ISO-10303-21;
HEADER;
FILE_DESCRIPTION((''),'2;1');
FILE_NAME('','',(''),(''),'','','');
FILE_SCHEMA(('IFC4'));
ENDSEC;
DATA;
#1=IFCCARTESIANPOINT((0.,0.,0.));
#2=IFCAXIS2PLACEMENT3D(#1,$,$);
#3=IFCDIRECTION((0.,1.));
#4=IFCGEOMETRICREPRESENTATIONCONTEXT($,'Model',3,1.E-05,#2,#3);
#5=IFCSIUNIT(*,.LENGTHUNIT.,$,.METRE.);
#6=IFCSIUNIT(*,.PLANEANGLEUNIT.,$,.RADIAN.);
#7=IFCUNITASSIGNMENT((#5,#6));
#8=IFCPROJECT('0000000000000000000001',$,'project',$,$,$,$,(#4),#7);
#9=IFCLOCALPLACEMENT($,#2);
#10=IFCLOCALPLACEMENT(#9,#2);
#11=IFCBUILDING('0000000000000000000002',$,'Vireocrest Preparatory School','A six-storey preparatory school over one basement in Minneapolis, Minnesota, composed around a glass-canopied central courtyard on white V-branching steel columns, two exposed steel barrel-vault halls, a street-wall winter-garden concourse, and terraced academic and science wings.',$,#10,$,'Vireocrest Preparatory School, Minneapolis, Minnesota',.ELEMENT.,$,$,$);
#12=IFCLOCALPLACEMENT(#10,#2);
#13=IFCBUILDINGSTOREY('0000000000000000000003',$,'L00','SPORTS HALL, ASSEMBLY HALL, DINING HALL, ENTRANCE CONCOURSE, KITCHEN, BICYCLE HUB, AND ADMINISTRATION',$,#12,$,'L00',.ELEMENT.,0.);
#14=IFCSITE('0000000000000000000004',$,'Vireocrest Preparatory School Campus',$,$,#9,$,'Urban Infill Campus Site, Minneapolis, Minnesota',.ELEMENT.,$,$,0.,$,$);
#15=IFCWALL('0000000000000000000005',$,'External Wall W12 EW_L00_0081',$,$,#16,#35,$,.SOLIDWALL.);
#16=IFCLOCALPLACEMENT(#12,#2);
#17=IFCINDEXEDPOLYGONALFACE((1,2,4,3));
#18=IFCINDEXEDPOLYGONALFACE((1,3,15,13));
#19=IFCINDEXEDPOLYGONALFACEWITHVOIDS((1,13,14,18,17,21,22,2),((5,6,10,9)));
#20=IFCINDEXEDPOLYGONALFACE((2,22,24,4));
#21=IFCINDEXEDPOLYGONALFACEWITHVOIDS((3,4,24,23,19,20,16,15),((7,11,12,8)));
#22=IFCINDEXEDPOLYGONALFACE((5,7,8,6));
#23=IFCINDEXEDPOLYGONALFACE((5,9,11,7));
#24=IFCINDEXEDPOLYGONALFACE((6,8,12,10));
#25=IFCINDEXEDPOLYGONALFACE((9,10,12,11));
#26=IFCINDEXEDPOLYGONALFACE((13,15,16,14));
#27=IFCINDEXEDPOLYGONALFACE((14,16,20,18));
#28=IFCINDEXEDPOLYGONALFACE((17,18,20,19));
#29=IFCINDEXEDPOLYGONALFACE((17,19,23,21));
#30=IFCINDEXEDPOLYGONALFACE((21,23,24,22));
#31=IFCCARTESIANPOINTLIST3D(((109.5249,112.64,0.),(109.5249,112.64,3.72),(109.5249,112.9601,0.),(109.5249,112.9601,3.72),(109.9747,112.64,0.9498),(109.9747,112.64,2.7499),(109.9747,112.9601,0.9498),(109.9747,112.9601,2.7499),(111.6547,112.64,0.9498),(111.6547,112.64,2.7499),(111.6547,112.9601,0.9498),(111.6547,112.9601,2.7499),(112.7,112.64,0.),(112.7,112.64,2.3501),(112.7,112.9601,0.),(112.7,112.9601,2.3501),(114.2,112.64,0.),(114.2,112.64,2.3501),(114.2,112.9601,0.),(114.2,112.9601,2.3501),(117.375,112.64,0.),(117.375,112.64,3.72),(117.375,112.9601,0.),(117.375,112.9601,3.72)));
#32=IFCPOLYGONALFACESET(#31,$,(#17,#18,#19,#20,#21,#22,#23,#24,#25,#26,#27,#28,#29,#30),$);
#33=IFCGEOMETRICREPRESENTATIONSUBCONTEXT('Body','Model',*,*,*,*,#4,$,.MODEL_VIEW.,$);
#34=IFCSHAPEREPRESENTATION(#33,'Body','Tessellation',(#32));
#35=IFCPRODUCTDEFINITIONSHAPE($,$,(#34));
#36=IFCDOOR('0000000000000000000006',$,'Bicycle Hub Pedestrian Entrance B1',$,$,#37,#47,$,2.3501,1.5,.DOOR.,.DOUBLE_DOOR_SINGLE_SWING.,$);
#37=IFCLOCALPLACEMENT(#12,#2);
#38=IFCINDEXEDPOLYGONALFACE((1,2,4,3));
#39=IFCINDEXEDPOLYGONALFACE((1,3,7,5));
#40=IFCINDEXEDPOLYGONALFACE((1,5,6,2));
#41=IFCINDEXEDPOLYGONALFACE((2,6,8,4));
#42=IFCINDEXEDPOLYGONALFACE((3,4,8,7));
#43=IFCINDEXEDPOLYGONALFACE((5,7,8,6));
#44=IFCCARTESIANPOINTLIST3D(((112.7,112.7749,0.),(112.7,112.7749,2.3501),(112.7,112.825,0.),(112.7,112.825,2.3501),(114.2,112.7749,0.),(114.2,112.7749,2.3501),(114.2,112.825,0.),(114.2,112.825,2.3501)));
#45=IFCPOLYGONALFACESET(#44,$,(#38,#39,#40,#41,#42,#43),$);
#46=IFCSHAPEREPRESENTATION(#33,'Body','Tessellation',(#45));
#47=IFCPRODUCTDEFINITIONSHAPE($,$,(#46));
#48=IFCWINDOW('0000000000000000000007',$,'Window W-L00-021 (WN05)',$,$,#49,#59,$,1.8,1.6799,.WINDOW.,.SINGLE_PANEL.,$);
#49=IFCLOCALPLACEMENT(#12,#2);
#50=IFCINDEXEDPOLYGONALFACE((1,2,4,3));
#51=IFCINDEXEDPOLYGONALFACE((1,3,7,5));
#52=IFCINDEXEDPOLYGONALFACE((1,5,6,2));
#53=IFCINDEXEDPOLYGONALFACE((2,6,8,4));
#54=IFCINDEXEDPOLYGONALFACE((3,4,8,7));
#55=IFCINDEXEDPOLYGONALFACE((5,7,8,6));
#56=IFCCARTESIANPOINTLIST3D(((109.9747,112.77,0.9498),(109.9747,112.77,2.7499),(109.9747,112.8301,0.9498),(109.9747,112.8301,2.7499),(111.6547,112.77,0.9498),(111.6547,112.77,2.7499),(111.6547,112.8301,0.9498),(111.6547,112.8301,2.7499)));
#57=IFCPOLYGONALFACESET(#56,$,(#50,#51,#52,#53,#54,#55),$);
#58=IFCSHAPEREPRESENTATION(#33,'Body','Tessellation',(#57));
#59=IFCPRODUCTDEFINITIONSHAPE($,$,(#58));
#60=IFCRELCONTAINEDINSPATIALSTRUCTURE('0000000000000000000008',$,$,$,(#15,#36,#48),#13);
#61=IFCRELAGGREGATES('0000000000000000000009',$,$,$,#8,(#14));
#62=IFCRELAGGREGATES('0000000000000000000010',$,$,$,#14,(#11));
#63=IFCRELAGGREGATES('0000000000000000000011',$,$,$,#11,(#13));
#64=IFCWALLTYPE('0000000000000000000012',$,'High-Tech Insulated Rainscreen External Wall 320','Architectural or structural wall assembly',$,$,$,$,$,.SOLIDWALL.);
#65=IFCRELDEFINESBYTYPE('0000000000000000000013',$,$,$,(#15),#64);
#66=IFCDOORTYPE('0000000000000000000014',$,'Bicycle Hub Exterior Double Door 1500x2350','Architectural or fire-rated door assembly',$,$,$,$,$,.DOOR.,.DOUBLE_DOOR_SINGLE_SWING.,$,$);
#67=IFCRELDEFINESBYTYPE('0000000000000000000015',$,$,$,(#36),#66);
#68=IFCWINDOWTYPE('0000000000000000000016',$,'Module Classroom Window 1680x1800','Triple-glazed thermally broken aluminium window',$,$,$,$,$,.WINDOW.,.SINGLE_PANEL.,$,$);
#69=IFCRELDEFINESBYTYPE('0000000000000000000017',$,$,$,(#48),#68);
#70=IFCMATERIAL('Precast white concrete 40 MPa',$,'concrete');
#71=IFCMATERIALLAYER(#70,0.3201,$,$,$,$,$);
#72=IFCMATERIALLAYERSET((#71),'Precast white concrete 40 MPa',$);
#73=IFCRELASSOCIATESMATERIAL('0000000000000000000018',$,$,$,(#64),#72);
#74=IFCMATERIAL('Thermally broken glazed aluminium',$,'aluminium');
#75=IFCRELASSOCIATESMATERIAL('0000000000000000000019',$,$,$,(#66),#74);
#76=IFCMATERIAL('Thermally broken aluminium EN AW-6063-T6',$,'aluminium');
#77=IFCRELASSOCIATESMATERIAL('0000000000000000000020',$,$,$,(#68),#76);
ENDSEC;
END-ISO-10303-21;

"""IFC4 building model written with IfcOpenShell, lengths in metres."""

from ifc_helpers import new_model, si_unit, direction, frame, frame_2d, origin, place, context, subcontext, project, spatial, rectangle, extrude, material, layer, layer_set, type_object, element, fill, save


model = new_model("IFC4")

# Units and contexts
model_context = context("Model", 3, precision=1e-05, world=origin(), true_north=direction((0.0, 1.0)))
body_context = subcontext(model_context, "Body", "Model", "MODEL_VIEW")
ifc_project = project(units=[si_unit("LENGTHUNIT", "METRE"), si_unit("PLANEANGLEUNIT", "RADIAN")], contexts=[model_context])

# Site, building, storey
site_placement = place(None, origin())
site = spatial("IfcSite", under=ifc_project, at=site_placement, Name="Vireocrest Preparatory School Campus", LongName="Urban Infill Campus Site, Minneapolis, Minnesota", CompositionType="ELEMENT", RefElevation=0.0)
building_placement = place(site_placement, origin())
building = spatial("IfcBuilding", under=site, at=building_placement, Name="Vireocrest Preparatory School", Description="A six-storey preparatory school over one basement in Minneapolis, Minnesota, composed around a glass-canopied central courtyard on white V-branching steel columns, two exposed steel barrel-vault halls, a street-wall winter-garden concourse, and terraced academic and science wings.", LongName="Vireocrest Preparatory School, Minneapolis, Minnesota", CompositionType="ELEMENT")
storey_placement = place(building_placement, origin())
storey = spatial("IfcBuildingStorey", under=building, at=storey_placement, Name="L00", Description="SPORTS HALL, ASSEMBLY HALL, DINING HALL, ENTRANCE CONCOURSE, KITCHEN, BICYCLE HUB, AND ADMINISTRATION", LongName="L00", CompositionType="ELEMENT", Elevation=0.0)

# Shared definitions
ifc_material_1 = material(Name="Thermally broken aluminium EN AW-6063-T6", Category="aluminium")

# Wall, openings, door, window
ifc_material_2 = material(Name="Precast white concrete 40 MPa", Category="concrete")
ifc_layer_1 = layer(ifc_material_2, 0.3201)
ifc_layer_set_1 = layer_set([ifc_layer_1], Name="Precast white concrete 40 MPa")
wall_type = type_object("IfcWallType", Name="High-Tech Insulated Rainscreen External Wall 320", Description="Architectural or structural wall assembly", PredefinedType="SOLIDWALL", material=ifc_layer_set_1)
wall_placement = place(storey_placement, frame((109.5249, 112.8, 0.0), z_axis=(0.0, 0.0, 1.0), x_axis=(1.0, 0.0, 0.0)))
wall = element("IfcWall", 1, at=wall_placement, inside=storey, type_object=wall_type, Name="External Wall W12 EW_L00_0081", PredefinedType="SOLIDWALL", context=body_context, shape_type="SweptSolid", body=[
    extrude(rectangle(XDim=7.8501, YDim=0.3201, at=frame_2d((3.925, 0.0))), origin(), (0.0, 0.0, 1.0), 3.72),
])
opening_1_placement = place(wall_placement, frame((3.175, 0.0, 0.0)))
opening_1 = element("IfcOpeningElement", 2, at=opening_1_placement, cuts=wall, PredefinedType="OPENING", context=body_context, shape_type="SweptSolid", body=[
    extrude(rectangle(XDim=1.5, YDim=2.3501, at=frame_2d((0.75, 1.175))), frame((0.0, 0.1699, 0.0), z_axis=(0.0, -1.0, 0.0), x_axis=(1.0, 0.0, 0.0)), (0.0, 0.0, 1.0), 0.3401),
])
opening_2_placement = place(wall_placement, frame((0.45, 0.0, 0.95)))
opening_2 = element("IfcOpeningElement", 3, at=opening_2_placement, cuts=wall, PredefinedType="OPENING", context=body_context, shape_type="SweptSolid", body=[
    extrude(rectangle(XDim=1.6799, YDim=1.8, at=frame_2d((0.8398, 0.8999))), frame((0.0, 0.1699, 0.0), z_axis=(0.0, -1.0, 0.0), x_axis=(1.0, 0.0, 0.0)), (0.0, 0.0, 1.0), 0.3401),
])
ifc_material_3 = material(Name="Thermally broken glazed aluminium", Category="aluminium")
door_type = type_object("IfcDoorType", Name="Bicycle Hub Exterior Double Door 1500x2350", Description="Architectural or fire-rated door assembly", OperationType="DOUBLE_DOOR_SINGLE_SWING", PredefinedType="DOOR", material=ifc_material_3)
door_placement = place(opening_1_placement, origin())
door = element("IfcDoor", 4, at=door_placement, inside=storey, type_object=door_type, Name="Bicycle Hub Pedestrian Entrance B1", OperationType="DOUBLE_DOOR_SINGLE_SWING", OverallHeight=2.3501, OverallWidth=1.5, PredefinedType="DOOR", context=body_context, shape_type="SweptSolid", body=[
    extrude(rectangle(XDim=1.5, YDim=2.3501, at=frame_2d((0.75, 1.175))), frame((0.0, 0.0249, 0.0), z_axis=(0.0, -1.0, 0.0), x_axis=(1.0, 0.0, 0.0)), (0.0, 0.0, 1.0), 0.05),
])
fill(opening_1, door)
window_type = type_object("IfcWindowType", Name="Module Classroom Window 1680x1800", Description="Triple-glazed thermally broken aluminium window", PartitioningType="SINGLE_PANEL", PredefinedType="WINDOW", material=ifc_material_1)
window_placement = place(opening_2_placement, origin())
window = element("IfcWindow", 5, at=window_placement, inside=storey, type_object=window_type, Name="Window W-L00-021 (WN05)", OverallHeight=1.8, OverallWidth=1.6799, PartitioningType="SINGLE_PANEL", PredefinedType="WINDOW", context=body_context, shape_type="SweptSolid", body=[
    extrude(rectangle(XDim=1.6799, YDim=1.8, at=frame_2d((0.8398, 0.8999))), frame((0.0, 0.03, 0.0), z_axis=(0.0, -1.0, 0.0), x_axis=(1.0, 0.0, 0.0)), (0.0, 0.0, 1.0), 0.0601),
])
fill(opening_2, window)

save(model, "model.ifc")
